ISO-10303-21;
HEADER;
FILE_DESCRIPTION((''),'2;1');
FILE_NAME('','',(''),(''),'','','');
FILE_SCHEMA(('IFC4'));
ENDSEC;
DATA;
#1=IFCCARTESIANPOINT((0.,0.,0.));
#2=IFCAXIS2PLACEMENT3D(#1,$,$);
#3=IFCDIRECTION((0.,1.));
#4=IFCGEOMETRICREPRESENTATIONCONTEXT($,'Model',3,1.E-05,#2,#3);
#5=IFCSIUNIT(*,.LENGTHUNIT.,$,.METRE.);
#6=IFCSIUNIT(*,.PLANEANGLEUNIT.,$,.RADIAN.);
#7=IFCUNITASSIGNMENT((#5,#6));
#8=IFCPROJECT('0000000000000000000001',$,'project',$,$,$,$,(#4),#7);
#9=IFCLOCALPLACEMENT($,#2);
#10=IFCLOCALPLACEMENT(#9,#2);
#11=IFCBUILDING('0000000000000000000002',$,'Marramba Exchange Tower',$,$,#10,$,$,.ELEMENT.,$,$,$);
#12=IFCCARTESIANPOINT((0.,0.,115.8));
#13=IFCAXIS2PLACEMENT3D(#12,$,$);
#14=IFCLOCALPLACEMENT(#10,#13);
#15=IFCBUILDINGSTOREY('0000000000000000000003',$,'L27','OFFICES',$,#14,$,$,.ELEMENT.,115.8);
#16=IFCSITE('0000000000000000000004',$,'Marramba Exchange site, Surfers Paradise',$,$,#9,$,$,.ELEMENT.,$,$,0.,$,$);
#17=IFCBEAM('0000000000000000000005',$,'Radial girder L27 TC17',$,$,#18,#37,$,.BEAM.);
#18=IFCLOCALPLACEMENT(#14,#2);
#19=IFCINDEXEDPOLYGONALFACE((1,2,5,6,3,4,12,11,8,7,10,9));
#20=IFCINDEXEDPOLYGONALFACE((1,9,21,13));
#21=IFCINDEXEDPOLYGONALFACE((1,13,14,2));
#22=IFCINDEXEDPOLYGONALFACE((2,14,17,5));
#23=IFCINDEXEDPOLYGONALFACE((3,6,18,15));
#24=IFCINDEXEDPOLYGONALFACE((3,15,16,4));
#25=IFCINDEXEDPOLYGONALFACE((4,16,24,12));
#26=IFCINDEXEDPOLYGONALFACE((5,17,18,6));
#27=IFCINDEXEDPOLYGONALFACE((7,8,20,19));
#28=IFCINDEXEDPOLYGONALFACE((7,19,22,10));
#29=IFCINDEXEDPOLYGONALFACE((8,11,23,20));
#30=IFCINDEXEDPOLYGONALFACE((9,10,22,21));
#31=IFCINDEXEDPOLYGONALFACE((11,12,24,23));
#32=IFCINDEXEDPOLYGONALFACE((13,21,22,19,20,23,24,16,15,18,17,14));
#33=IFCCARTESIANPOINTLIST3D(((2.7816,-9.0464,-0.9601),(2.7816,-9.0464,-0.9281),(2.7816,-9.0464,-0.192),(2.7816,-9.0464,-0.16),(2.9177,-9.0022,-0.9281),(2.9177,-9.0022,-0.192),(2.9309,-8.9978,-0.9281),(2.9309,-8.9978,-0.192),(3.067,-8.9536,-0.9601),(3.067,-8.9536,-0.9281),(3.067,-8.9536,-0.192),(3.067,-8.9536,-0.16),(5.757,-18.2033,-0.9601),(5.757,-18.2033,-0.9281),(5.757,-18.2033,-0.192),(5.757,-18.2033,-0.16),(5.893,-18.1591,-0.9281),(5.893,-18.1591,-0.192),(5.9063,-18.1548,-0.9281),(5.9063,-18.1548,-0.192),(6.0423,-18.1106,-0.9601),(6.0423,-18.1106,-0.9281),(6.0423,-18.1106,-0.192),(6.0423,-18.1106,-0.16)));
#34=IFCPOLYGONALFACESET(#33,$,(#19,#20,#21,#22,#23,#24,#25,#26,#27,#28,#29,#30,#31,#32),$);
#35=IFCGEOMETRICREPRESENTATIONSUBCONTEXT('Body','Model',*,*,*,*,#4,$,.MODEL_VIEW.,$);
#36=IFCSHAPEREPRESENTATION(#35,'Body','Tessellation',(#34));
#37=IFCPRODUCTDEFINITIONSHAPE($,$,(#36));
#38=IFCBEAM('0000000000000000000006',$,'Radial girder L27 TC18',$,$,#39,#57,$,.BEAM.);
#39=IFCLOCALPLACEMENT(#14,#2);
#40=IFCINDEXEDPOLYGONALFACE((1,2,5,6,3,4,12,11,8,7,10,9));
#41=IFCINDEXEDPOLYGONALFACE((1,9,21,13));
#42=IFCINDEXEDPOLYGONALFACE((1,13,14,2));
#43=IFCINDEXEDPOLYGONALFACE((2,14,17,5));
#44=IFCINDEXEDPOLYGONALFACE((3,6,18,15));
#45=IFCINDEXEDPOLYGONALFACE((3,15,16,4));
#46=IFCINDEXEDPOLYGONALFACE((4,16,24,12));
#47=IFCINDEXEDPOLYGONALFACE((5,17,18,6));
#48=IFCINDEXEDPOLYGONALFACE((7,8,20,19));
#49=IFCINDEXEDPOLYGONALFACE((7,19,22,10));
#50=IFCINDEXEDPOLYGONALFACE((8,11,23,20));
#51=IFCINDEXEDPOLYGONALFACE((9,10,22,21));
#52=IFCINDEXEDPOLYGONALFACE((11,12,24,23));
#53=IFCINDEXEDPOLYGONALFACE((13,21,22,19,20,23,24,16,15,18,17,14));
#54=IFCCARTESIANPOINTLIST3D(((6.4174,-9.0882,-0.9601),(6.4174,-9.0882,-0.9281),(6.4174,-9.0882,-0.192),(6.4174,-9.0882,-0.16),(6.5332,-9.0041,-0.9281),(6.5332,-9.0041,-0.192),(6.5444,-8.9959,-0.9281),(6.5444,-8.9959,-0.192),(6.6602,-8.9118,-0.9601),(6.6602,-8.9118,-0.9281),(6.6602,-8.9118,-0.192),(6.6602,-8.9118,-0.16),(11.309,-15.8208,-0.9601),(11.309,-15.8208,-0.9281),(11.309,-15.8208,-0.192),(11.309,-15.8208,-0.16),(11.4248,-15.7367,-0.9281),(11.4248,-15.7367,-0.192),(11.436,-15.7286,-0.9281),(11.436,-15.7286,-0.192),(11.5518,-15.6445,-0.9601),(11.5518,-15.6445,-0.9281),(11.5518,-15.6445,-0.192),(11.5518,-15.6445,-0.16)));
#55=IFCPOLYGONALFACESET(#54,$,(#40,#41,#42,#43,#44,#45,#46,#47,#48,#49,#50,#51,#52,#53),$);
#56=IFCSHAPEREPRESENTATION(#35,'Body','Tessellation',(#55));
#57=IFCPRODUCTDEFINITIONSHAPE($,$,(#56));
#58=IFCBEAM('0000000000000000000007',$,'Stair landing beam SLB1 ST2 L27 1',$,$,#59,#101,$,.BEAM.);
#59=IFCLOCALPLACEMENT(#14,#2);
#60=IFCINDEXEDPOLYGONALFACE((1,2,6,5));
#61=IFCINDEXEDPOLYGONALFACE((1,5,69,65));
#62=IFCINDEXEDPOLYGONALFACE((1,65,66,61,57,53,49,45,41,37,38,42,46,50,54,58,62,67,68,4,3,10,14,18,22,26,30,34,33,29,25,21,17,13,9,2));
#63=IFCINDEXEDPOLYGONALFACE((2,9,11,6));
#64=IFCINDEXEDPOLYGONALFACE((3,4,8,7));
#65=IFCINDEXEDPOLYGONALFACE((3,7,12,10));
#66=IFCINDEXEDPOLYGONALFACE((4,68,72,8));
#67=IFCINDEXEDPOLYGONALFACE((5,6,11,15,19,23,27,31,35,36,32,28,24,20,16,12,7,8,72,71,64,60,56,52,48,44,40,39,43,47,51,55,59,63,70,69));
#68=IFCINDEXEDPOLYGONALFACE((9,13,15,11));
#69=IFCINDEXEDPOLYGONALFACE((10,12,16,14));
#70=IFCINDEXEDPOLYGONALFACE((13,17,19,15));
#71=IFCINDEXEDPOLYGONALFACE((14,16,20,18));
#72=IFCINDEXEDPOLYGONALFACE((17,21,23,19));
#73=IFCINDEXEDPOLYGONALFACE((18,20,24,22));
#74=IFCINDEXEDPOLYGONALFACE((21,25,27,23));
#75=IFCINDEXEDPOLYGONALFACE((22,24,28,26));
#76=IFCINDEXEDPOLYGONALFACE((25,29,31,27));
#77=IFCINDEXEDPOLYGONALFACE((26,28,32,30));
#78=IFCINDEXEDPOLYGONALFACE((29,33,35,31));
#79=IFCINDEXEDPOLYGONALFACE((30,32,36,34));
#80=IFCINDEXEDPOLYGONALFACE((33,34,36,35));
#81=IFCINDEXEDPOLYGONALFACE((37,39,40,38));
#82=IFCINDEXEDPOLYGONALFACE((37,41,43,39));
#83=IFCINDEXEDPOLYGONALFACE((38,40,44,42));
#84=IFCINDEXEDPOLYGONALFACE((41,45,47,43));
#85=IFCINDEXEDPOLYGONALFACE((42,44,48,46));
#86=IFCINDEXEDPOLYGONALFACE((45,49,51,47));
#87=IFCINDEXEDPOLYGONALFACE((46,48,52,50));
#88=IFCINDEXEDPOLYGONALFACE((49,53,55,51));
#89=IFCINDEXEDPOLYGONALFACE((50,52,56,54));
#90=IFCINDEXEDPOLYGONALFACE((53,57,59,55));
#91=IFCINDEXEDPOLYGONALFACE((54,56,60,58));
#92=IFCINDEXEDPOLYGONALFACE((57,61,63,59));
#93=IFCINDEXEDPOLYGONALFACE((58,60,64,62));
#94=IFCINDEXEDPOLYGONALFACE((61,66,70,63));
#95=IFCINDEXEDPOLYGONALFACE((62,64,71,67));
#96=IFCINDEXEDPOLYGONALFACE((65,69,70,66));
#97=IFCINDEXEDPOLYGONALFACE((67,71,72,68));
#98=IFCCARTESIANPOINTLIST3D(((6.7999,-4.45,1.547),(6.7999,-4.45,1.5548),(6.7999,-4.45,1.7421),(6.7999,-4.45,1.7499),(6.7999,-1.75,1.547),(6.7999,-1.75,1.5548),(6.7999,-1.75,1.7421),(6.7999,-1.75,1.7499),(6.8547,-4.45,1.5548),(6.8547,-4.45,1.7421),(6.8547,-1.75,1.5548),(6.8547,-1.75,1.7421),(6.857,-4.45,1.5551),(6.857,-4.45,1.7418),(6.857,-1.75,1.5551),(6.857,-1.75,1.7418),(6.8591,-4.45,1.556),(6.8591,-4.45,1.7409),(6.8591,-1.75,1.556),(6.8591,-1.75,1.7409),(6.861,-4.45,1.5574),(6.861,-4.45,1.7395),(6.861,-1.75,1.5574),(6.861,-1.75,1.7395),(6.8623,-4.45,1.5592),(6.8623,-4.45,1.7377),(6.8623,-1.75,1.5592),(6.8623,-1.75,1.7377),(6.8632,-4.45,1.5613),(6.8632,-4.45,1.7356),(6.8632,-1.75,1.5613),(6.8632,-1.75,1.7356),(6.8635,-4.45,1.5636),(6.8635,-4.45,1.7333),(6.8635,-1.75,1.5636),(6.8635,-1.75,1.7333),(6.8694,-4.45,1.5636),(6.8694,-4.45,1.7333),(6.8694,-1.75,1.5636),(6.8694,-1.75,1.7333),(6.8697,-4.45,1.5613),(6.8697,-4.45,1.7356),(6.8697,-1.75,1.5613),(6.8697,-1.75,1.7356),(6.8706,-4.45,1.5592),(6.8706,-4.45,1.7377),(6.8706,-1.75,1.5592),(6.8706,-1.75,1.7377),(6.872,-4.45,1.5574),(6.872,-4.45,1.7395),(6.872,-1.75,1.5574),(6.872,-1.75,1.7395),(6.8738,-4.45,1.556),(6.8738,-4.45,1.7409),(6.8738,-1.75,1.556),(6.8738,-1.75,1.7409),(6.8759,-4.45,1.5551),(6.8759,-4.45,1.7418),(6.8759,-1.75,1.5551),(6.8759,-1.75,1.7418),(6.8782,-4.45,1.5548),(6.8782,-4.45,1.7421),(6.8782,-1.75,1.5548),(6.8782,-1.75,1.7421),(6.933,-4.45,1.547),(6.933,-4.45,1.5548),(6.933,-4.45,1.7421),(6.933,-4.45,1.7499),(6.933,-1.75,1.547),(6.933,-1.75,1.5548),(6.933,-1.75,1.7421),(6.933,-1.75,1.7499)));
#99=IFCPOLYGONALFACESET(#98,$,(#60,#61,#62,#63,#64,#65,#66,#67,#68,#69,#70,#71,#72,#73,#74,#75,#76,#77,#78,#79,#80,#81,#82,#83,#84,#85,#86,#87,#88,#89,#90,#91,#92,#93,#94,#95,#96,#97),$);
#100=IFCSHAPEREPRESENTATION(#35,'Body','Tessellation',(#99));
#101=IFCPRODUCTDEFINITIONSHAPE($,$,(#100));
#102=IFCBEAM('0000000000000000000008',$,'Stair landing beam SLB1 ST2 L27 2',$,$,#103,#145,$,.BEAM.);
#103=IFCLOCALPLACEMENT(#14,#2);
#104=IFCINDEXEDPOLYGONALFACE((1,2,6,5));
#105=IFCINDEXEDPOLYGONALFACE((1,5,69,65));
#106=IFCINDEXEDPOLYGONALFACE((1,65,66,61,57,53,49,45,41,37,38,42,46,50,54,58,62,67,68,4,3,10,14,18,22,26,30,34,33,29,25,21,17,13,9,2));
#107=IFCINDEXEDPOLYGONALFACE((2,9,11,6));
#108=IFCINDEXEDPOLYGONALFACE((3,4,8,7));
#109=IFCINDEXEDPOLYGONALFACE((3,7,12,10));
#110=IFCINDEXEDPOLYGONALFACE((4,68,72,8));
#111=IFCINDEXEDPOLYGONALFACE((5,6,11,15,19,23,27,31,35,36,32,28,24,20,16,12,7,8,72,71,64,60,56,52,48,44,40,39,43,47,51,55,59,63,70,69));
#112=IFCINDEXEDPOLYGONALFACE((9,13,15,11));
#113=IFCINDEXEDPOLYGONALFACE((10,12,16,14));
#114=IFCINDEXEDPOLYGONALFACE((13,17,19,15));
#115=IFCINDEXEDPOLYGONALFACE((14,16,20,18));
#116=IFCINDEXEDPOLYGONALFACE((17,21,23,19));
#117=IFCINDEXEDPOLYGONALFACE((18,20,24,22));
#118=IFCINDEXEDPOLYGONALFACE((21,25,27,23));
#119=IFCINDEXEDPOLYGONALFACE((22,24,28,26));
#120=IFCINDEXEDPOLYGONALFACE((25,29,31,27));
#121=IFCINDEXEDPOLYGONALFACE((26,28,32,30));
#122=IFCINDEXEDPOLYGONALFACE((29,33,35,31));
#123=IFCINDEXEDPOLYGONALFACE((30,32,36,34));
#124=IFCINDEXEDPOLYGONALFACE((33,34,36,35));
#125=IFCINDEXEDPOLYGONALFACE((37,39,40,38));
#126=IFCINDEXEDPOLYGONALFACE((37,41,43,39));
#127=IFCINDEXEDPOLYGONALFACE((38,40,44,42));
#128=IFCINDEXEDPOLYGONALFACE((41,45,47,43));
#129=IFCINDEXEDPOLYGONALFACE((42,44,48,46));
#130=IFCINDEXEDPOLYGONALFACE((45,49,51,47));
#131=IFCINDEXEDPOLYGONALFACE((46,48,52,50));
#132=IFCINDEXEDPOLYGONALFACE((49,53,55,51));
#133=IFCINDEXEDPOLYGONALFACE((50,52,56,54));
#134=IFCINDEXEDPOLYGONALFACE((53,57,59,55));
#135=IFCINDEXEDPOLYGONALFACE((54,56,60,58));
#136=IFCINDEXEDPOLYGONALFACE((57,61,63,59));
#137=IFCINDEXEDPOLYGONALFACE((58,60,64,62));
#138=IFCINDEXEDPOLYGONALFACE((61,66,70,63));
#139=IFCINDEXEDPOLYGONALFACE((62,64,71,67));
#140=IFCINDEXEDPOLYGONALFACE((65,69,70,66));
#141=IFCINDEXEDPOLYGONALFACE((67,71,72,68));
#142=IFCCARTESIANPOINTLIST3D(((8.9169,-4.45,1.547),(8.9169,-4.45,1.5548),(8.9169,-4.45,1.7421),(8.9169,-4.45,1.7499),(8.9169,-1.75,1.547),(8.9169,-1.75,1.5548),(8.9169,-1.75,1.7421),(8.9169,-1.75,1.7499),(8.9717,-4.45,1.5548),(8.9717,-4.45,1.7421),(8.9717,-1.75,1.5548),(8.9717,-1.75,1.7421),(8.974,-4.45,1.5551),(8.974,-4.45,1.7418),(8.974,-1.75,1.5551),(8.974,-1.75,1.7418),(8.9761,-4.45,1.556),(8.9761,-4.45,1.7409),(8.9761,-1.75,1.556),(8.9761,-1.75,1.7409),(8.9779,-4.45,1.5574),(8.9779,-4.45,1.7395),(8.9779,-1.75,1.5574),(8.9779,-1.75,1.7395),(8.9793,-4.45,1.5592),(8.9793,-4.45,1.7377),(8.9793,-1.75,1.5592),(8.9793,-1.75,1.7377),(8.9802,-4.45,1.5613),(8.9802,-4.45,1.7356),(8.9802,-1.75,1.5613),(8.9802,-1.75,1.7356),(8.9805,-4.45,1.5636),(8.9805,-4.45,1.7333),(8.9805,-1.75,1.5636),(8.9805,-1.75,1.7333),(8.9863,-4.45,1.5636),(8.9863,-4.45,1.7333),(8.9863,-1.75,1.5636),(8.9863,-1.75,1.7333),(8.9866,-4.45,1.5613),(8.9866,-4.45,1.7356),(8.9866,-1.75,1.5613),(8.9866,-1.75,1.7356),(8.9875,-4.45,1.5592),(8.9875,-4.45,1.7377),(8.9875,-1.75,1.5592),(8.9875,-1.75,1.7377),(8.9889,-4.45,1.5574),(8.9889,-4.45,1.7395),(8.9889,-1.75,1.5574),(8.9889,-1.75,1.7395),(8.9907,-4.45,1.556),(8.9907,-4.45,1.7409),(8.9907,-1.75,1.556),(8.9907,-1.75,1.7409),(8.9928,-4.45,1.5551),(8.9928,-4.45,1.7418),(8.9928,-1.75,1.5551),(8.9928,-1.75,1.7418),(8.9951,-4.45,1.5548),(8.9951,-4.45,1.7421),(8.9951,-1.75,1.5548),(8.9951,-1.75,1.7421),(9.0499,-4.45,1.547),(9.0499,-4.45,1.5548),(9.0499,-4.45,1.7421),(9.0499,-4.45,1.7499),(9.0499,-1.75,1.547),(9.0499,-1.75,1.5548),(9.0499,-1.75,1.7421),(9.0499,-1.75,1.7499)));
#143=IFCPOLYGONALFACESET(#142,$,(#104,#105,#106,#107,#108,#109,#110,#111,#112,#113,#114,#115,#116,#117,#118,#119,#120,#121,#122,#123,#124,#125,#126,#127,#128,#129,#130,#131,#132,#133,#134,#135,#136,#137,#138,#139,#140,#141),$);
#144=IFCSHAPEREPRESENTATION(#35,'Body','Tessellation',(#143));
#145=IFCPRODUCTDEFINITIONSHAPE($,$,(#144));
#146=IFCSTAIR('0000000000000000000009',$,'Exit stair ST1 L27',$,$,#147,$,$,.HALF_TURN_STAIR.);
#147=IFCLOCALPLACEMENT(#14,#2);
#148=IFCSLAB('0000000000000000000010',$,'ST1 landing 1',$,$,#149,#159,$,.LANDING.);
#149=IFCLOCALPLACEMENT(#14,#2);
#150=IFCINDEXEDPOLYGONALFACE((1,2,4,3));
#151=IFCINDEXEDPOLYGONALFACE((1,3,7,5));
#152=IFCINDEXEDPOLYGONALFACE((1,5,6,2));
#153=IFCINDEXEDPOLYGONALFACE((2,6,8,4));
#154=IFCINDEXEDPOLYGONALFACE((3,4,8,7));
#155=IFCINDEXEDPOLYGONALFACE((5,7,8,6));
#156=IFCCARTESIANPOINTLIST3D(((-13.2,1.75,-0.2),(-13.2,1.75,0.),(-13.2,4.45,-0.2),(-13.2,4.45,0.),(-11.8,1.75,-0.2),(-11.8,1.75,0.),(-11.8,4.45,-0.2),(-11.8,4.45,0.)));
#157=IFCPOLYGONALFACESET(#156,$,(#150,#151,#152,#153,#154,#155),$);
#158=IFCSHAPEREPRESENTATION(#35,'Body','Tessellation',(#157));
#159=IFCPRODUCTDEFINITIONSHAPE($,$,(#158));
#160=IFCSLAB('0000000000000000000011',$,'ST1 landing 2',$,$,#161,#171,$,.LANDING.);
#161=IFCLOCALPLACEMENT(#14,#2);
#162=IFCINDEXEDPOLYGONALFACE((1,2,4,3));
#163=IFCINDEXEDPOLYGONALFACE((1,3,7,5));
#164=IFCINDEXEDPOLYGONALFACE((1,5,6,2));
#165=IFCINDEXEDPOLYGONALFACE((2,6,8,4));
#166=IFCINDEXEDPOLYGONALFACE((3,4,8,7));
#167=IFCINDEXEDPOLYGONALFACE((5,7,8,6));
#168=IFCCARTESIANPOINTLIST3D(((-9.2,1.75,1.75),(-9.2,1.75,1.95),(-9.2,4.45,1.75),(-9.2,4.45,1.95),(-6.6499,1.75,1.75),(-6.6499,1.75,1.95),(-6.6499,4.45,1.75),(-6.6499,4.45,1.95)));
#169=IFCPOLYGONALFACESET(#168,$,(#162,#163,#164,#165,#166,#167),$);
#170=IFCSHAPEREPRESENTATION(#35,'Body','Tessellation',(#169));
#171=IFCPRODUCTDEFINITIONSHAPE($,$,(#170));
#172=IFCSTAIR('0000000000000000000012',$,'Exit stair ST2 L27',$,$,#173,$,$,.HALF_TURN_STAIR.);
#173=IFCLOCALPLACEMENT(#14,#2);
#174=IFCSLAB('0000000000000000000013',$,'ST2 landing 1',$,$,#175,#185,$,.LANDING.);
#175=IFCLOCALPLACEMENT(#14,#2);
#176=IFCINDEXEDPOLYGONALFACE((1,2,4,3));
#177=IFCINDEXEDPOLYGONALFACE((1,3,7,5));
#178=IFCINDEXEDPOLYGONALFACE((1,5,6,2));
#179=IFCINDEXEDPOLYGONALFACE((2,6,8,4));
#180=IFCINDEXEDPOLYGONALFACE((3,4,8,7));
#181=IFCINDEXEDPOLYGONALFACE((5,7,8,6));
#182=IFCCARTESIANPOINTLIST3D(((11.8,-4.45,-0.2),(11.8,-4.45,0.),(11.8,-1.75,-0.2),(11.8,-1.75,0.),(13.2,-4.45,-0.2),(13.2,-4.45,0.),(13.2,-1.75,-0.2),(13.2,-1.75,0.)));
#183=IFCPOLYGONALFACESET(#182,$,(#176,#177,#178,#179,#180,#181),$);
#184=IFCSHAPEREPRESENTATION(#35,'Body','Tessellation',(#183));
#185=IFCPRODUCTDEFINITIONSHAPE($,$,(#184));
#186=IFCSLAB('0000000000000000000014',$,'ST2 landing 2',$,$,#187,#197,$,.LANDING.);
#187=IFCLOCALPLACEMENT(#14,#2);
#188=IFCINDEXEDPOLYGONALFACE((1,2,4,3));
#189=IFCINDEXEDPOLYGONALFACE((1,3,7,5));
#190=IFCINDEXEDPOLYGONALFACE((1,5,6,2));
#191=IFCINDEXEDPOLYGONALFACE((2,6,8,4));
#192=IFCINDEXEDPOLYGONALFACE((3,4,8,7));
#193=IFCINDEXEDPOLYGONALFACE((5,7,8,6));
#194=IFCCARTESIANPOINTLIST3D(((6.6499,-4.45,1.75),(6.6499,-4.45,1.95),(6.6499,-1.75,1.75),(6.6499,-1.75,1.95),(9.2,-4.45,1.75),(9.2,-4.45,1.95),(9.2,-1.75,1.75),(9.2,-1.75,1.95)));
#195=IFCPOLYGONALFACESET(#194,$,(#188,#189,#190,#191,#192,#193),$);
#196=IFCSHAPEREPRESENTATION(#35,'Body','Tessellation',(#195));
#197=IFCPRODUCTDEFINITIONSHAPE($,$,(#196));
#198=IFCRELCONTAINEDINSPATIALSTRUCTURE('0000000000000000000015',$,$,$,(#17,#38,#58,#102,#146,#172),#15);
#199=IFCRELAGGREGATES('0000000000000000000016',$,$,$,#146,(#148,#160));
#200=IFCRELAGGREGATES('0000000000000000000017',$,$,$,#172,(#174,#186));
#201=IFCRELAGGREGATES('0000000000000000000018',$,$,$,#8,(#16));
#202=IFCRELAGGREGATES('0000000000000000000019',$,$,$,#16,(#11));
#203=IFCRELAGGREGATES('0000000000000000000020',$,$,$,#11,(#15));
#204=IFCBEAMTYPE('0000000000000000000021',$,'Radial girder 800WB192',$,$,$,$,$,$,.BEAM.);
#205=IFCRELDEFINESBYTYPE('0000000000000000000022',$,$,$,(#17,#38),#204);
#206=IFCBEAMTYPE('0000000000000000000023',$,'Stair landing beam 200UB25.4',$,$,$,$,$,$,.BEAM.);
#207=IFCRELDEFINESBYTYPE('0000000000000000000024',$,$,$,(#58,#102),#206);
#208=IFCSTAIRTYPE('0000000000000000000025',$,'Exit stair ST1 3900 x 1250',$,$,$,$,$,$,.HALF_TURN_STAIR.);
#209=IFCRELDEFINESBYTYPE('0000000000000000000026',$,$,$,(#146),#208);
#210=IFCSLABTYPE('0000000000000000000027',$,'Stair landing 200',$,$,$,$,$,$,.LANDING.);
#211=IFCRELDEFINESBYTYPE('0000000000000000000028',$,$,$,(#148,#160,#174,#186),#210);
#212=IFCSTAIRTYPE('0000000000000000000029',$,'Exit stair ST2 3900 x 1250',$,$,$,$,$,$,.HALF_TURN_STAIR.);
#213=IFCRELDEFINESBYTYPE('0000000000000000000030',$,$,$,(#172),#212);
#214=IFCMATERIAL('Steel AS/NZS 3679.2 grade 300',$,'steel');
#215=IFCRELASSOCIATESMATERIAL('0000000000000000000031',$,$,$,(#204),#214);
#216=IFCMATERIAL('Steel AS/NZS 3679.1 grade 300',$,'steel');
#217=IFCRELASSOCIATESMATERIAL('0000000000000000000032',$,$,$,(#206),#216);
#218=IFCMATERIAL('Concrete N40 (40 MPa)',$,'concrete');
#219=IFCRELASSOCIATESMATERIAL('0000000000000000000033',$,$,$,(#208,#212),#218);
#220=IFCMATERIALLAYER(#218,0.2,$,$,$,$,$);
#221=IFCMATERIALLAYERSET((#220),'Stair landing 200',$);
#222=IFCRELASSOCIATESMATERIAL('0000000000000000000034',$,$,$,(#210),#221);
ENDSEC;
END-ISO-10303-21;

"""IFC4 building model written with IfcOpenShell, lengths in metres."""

from ifc_helpers import new_model, si_unit, direction, frame, origin, origin_2d, place, context, subcontext, project, spatial, polyline, i_section, outline, extrude, material, layer, layer_set, material_profile, profile_set, type_object, element, aggregate, save


model = new_model("IFC4")

# Units and contexts
model_context = context("Model", 3, precision=1e-05, world=origin(), true_north=direction((0.0, 1.0)))
body_context = subcontext(model_context, "Body", "Model", "MODEL_VIEW")
ifc_project = project(units=[si_unit("LENGTHUNIT", "METRE"), si_unit("PLANEANGLEUNIT", "RADIAN")], contexts=[model_context])

# Site, building, storey
site_placement = place(None, origin())
site = spatial("IfcSite", under=ifc_project, at=site_placement, Name="Marramba Exchange site, Surfers Paradise", CompositionType="ELEMENT", RefElevation=0.0)
building_placement = place(site_placement, origin())
building = spatial("IfcBuilding", under=site, at=building_placement, Name="Marramba Exchange Tower", CompositionType="ELEMENT")
storey_placement = place(building_placement, frame((0.0, 0.0, 115.8)))
storey = spatial("IfcBuildingStorey", under=building, at=storey_placement, Name="L27", Description="OFFICES", CompositionType="ELEMENT", Elevation=115.8)

# Beams
ifc_material_1 = material(Name="Steel AS/NZS 3679.2 grade 300", Category="steel")
ifc_material_profile_1 = material_profile(ifc_material_1, i_section(OverallWidth=0.3, OverallDepth=0.8, WebThickness=0.0139, FlangeThickness=0.032, at=origin_2d()), Name="800WB192")
ifc_profile_set_1 = profile_set([ifc_material_profile_1], Name="Steel AS/NZS 3679.2 grade 300")
beam_type_1 = type_object("IfcBeamType", Name="Radial girder 800WB192", PredefinedType="BEAM", material=ifc_profile_set_1)
beam_1_placement = place(storey_placement, frame((2.9243, -9.0, -0.5601), z_axis=(0.309022, -0.951055, 0.0), x_axis=(0.951055, 0.309022, 0.0)))
element("IfcBeam", 1, at=beam_1_placement, inside=storey, type_object=beam_type_1, Name="Radial girder L27 TC17", PredefinedType="BEAM", context=body_context, shape_type="SweptSolid", body=[
    extrude(i_section(OverallWidth=0.3, OverallDepth=0.8, WebThickness=0.0139, FlangeThickness=0.032, at=origin_2d()), origin(), (0.0, 0.0, 1.0), 9.6282),
])
beam_2_placement = place(storey_placement, frame((6.5388, -9.0, -0.5601), z_axis=(0.587788, -0.809015, 0.0), x_axis=(0.809015, 0.587788, 0.0)))
element("IfcBeam", 2, at=beam_2_placement, inside=storey, type_object=beam_type_1, Name="Radial girder L27 TC18", PredefinedType="BEAM", context=body_context, shape_type="SweptSolid", body=[
    extrude(i_section(OverallWidth=0.3, OverallDepth=0.8, WebThickness=0.0139, FlangeThickness=0.032, at=origin_2d()), origin(), (0.0, 0.0, 1.0), 8.322),
])
ifc_material_2 = material(Name="Steel AS/NZS 3679.1 grade 300", Category="steel")
ifc_material_profile_2 = material_profile(ifc_material_2, i_section(OverallWidth=0.1331, OverallDepth=0.2029, WebThickness=0.0059, FlangeThickness=0.0078, FilletRadius=0.0088, at=origin_2d()), Name="200UB25.4")
ifc_profile_set_2 = profile_set([ifc_material_profile_2], Name="Steel AS/NZS 3679.1 grade 300")
beam_type_2 = type_object("IfcBeamType", Name="Stair landing beam 200UB25.4", PredefinedType="BEAM", material=ifc_profile_set_2)
for number, where, z_axis, x_axis, name in (
    (3, (6.8665, -4.45, 1.6484), (0.0, 1.0, 0.0), (-1.0, 0.0, 0.0), "Stair landing beam SLB1 ST2 L27 1"),
    (4, (8.9834, -4.45, 1.6484), (0.0, 1.0, 0.0), (-1.0, 0.0, 0.0), "Stair landing beam SLB1 ST2 L27 2"),
):
    element("IfcBeam", number, at=place(storey_placement, frame(where, z_axis=z_axis, x_axis=x_axis)), inside=storey, type_object=beam_type_2, Name=name, PredefinedType="BEAM", context=body_context, shape_type="SweptSolid", body=[
        extrude(i_section(OverallWidth=0.1331, OverallDepth=0.2029, WebThickness=0.0059, FlangeThickness=0.0078, FilletRadius=0.0088, at=origin_2d()), origin(), (0.0, 0.0, 1.0), 2.7),
    ])

# Stairs, slabs
ifc_material_3 = material(Name="Concrete N40 (40 MPa)", Category="concrete")
stair_type_1 = type_object("IfcStairType", Name="Exit stair ST1 3900 x 1250", PredefinedType="HALF_TURN_STAIR", material=ifc_material_3)
stair_1_placement = place(storey_placement, origin())
stair_1 = element("IfcStair", 5, at=stair_1_placement, inside=storey, type_object=stair_type_1, Name="Exit stair ST1 L27", PredefinedType="HALF_TURN_STAIR")
ifc_layer_1 = layer(ifc_material_3, 0.2)
ifc_layer_set_1 = layer_set([ifc_layer_1], Name="Stair landing 200")
slab_type = type_object("IfcSlabType", Name="Stair landing 200", PredefinedType="LANDING", material=ifc_layer_set_1)
slab_1_placement = place(storey_placement, frame((0.0, 0.0, -0.2)))
slab_1 = element("IfcSlab", 6, at=slab_1_placement, type_object=slab_type, Name="ST1 landing 1", PredefinedType="LANDING", context=body_context, shape_type="SweptSolid", body=[
    extrude(outline(polyline([(-13.2, 1.75), (-11.8, 1.75), (-11.8, 4.45), (-13.2, 4.45), (-13.2, 1.75)])), origin(), (0.0, 0.0, 1.0), 0.2),
])
slab_2_placement = place(storey_placement, frame((0.0, 0.0, 1.75)))
slab_2 = element("IfcSlab", 7, at=slab_2_placement, type_object=slab_type, Name="ST1 landing 2", PredefinedType="LANDING", context=body_context, shape_type="SweptSolid", body=[
    extrude(outline(polyline([(-9.2, 1.75), (-6.6499, 1.75), (-6.6499, 4.45), (-9.2, 4.45), (-9.2, 1.75)])), origin(), (0.0, 0.0, 1.0), 0.2),
])
aggregate(stair_1, [slab_1, slab_2])
stair_type_2 = type_object("IfcStairType", Name="Exit stair ST2 3900 x 1250", PredefinedType="HALF_TURN_STAIR", material=ifc_material_3)
stair_2_placement = place(storey_placement, origin())
stair_2 = element("IfcStair", 8, at=stair_2_placement, inside=storey, type_object=stair_type_2, Name="Exit stair ST2 L27", PredefinedType="HALF_TURN_STAIR")
slab_3_placement = place(storey_placement, frame((0.0, 0.0, -0.2)))
slab_3 = element("IfcSlab", 9, at=slab_3_placement, type_object=slab_type, Name="ST2 landing 1", PredefinedType="LANDING", context=body_context, shape_type="SweptSolid", body=[
    extrude(outline(polyline([(11.8, -4.45), (13.2, -4.45), (13.2, -1.75), (11.8, -1.75), (11.8, -4.45)])), origin(), (0.0, 0.0, 1.0), 0.2),
])
slab_4_placement = place(storey_placement, frame((0.0, 0.0, 1.75)))
slab_4 = element("IfcSlab", 10, at=slab_4_placement, type_object=slab_type, Name="ST2 landing 2", PredefinedType="LANDING", context=body_context, shape_type="SweptSolid", body=[
    extrude(outline(polyline([(6.6499, -4.45), (9.2, -4.45), (9.2, -1.75), (6.6499, -1.75), (6.6499, -4.45)])), origin(), (0.0, 0.0, 1.0), 0.2),
])

aggregate(stair_2, [slab_3, slab_4])

save(model, "model.ifc")
